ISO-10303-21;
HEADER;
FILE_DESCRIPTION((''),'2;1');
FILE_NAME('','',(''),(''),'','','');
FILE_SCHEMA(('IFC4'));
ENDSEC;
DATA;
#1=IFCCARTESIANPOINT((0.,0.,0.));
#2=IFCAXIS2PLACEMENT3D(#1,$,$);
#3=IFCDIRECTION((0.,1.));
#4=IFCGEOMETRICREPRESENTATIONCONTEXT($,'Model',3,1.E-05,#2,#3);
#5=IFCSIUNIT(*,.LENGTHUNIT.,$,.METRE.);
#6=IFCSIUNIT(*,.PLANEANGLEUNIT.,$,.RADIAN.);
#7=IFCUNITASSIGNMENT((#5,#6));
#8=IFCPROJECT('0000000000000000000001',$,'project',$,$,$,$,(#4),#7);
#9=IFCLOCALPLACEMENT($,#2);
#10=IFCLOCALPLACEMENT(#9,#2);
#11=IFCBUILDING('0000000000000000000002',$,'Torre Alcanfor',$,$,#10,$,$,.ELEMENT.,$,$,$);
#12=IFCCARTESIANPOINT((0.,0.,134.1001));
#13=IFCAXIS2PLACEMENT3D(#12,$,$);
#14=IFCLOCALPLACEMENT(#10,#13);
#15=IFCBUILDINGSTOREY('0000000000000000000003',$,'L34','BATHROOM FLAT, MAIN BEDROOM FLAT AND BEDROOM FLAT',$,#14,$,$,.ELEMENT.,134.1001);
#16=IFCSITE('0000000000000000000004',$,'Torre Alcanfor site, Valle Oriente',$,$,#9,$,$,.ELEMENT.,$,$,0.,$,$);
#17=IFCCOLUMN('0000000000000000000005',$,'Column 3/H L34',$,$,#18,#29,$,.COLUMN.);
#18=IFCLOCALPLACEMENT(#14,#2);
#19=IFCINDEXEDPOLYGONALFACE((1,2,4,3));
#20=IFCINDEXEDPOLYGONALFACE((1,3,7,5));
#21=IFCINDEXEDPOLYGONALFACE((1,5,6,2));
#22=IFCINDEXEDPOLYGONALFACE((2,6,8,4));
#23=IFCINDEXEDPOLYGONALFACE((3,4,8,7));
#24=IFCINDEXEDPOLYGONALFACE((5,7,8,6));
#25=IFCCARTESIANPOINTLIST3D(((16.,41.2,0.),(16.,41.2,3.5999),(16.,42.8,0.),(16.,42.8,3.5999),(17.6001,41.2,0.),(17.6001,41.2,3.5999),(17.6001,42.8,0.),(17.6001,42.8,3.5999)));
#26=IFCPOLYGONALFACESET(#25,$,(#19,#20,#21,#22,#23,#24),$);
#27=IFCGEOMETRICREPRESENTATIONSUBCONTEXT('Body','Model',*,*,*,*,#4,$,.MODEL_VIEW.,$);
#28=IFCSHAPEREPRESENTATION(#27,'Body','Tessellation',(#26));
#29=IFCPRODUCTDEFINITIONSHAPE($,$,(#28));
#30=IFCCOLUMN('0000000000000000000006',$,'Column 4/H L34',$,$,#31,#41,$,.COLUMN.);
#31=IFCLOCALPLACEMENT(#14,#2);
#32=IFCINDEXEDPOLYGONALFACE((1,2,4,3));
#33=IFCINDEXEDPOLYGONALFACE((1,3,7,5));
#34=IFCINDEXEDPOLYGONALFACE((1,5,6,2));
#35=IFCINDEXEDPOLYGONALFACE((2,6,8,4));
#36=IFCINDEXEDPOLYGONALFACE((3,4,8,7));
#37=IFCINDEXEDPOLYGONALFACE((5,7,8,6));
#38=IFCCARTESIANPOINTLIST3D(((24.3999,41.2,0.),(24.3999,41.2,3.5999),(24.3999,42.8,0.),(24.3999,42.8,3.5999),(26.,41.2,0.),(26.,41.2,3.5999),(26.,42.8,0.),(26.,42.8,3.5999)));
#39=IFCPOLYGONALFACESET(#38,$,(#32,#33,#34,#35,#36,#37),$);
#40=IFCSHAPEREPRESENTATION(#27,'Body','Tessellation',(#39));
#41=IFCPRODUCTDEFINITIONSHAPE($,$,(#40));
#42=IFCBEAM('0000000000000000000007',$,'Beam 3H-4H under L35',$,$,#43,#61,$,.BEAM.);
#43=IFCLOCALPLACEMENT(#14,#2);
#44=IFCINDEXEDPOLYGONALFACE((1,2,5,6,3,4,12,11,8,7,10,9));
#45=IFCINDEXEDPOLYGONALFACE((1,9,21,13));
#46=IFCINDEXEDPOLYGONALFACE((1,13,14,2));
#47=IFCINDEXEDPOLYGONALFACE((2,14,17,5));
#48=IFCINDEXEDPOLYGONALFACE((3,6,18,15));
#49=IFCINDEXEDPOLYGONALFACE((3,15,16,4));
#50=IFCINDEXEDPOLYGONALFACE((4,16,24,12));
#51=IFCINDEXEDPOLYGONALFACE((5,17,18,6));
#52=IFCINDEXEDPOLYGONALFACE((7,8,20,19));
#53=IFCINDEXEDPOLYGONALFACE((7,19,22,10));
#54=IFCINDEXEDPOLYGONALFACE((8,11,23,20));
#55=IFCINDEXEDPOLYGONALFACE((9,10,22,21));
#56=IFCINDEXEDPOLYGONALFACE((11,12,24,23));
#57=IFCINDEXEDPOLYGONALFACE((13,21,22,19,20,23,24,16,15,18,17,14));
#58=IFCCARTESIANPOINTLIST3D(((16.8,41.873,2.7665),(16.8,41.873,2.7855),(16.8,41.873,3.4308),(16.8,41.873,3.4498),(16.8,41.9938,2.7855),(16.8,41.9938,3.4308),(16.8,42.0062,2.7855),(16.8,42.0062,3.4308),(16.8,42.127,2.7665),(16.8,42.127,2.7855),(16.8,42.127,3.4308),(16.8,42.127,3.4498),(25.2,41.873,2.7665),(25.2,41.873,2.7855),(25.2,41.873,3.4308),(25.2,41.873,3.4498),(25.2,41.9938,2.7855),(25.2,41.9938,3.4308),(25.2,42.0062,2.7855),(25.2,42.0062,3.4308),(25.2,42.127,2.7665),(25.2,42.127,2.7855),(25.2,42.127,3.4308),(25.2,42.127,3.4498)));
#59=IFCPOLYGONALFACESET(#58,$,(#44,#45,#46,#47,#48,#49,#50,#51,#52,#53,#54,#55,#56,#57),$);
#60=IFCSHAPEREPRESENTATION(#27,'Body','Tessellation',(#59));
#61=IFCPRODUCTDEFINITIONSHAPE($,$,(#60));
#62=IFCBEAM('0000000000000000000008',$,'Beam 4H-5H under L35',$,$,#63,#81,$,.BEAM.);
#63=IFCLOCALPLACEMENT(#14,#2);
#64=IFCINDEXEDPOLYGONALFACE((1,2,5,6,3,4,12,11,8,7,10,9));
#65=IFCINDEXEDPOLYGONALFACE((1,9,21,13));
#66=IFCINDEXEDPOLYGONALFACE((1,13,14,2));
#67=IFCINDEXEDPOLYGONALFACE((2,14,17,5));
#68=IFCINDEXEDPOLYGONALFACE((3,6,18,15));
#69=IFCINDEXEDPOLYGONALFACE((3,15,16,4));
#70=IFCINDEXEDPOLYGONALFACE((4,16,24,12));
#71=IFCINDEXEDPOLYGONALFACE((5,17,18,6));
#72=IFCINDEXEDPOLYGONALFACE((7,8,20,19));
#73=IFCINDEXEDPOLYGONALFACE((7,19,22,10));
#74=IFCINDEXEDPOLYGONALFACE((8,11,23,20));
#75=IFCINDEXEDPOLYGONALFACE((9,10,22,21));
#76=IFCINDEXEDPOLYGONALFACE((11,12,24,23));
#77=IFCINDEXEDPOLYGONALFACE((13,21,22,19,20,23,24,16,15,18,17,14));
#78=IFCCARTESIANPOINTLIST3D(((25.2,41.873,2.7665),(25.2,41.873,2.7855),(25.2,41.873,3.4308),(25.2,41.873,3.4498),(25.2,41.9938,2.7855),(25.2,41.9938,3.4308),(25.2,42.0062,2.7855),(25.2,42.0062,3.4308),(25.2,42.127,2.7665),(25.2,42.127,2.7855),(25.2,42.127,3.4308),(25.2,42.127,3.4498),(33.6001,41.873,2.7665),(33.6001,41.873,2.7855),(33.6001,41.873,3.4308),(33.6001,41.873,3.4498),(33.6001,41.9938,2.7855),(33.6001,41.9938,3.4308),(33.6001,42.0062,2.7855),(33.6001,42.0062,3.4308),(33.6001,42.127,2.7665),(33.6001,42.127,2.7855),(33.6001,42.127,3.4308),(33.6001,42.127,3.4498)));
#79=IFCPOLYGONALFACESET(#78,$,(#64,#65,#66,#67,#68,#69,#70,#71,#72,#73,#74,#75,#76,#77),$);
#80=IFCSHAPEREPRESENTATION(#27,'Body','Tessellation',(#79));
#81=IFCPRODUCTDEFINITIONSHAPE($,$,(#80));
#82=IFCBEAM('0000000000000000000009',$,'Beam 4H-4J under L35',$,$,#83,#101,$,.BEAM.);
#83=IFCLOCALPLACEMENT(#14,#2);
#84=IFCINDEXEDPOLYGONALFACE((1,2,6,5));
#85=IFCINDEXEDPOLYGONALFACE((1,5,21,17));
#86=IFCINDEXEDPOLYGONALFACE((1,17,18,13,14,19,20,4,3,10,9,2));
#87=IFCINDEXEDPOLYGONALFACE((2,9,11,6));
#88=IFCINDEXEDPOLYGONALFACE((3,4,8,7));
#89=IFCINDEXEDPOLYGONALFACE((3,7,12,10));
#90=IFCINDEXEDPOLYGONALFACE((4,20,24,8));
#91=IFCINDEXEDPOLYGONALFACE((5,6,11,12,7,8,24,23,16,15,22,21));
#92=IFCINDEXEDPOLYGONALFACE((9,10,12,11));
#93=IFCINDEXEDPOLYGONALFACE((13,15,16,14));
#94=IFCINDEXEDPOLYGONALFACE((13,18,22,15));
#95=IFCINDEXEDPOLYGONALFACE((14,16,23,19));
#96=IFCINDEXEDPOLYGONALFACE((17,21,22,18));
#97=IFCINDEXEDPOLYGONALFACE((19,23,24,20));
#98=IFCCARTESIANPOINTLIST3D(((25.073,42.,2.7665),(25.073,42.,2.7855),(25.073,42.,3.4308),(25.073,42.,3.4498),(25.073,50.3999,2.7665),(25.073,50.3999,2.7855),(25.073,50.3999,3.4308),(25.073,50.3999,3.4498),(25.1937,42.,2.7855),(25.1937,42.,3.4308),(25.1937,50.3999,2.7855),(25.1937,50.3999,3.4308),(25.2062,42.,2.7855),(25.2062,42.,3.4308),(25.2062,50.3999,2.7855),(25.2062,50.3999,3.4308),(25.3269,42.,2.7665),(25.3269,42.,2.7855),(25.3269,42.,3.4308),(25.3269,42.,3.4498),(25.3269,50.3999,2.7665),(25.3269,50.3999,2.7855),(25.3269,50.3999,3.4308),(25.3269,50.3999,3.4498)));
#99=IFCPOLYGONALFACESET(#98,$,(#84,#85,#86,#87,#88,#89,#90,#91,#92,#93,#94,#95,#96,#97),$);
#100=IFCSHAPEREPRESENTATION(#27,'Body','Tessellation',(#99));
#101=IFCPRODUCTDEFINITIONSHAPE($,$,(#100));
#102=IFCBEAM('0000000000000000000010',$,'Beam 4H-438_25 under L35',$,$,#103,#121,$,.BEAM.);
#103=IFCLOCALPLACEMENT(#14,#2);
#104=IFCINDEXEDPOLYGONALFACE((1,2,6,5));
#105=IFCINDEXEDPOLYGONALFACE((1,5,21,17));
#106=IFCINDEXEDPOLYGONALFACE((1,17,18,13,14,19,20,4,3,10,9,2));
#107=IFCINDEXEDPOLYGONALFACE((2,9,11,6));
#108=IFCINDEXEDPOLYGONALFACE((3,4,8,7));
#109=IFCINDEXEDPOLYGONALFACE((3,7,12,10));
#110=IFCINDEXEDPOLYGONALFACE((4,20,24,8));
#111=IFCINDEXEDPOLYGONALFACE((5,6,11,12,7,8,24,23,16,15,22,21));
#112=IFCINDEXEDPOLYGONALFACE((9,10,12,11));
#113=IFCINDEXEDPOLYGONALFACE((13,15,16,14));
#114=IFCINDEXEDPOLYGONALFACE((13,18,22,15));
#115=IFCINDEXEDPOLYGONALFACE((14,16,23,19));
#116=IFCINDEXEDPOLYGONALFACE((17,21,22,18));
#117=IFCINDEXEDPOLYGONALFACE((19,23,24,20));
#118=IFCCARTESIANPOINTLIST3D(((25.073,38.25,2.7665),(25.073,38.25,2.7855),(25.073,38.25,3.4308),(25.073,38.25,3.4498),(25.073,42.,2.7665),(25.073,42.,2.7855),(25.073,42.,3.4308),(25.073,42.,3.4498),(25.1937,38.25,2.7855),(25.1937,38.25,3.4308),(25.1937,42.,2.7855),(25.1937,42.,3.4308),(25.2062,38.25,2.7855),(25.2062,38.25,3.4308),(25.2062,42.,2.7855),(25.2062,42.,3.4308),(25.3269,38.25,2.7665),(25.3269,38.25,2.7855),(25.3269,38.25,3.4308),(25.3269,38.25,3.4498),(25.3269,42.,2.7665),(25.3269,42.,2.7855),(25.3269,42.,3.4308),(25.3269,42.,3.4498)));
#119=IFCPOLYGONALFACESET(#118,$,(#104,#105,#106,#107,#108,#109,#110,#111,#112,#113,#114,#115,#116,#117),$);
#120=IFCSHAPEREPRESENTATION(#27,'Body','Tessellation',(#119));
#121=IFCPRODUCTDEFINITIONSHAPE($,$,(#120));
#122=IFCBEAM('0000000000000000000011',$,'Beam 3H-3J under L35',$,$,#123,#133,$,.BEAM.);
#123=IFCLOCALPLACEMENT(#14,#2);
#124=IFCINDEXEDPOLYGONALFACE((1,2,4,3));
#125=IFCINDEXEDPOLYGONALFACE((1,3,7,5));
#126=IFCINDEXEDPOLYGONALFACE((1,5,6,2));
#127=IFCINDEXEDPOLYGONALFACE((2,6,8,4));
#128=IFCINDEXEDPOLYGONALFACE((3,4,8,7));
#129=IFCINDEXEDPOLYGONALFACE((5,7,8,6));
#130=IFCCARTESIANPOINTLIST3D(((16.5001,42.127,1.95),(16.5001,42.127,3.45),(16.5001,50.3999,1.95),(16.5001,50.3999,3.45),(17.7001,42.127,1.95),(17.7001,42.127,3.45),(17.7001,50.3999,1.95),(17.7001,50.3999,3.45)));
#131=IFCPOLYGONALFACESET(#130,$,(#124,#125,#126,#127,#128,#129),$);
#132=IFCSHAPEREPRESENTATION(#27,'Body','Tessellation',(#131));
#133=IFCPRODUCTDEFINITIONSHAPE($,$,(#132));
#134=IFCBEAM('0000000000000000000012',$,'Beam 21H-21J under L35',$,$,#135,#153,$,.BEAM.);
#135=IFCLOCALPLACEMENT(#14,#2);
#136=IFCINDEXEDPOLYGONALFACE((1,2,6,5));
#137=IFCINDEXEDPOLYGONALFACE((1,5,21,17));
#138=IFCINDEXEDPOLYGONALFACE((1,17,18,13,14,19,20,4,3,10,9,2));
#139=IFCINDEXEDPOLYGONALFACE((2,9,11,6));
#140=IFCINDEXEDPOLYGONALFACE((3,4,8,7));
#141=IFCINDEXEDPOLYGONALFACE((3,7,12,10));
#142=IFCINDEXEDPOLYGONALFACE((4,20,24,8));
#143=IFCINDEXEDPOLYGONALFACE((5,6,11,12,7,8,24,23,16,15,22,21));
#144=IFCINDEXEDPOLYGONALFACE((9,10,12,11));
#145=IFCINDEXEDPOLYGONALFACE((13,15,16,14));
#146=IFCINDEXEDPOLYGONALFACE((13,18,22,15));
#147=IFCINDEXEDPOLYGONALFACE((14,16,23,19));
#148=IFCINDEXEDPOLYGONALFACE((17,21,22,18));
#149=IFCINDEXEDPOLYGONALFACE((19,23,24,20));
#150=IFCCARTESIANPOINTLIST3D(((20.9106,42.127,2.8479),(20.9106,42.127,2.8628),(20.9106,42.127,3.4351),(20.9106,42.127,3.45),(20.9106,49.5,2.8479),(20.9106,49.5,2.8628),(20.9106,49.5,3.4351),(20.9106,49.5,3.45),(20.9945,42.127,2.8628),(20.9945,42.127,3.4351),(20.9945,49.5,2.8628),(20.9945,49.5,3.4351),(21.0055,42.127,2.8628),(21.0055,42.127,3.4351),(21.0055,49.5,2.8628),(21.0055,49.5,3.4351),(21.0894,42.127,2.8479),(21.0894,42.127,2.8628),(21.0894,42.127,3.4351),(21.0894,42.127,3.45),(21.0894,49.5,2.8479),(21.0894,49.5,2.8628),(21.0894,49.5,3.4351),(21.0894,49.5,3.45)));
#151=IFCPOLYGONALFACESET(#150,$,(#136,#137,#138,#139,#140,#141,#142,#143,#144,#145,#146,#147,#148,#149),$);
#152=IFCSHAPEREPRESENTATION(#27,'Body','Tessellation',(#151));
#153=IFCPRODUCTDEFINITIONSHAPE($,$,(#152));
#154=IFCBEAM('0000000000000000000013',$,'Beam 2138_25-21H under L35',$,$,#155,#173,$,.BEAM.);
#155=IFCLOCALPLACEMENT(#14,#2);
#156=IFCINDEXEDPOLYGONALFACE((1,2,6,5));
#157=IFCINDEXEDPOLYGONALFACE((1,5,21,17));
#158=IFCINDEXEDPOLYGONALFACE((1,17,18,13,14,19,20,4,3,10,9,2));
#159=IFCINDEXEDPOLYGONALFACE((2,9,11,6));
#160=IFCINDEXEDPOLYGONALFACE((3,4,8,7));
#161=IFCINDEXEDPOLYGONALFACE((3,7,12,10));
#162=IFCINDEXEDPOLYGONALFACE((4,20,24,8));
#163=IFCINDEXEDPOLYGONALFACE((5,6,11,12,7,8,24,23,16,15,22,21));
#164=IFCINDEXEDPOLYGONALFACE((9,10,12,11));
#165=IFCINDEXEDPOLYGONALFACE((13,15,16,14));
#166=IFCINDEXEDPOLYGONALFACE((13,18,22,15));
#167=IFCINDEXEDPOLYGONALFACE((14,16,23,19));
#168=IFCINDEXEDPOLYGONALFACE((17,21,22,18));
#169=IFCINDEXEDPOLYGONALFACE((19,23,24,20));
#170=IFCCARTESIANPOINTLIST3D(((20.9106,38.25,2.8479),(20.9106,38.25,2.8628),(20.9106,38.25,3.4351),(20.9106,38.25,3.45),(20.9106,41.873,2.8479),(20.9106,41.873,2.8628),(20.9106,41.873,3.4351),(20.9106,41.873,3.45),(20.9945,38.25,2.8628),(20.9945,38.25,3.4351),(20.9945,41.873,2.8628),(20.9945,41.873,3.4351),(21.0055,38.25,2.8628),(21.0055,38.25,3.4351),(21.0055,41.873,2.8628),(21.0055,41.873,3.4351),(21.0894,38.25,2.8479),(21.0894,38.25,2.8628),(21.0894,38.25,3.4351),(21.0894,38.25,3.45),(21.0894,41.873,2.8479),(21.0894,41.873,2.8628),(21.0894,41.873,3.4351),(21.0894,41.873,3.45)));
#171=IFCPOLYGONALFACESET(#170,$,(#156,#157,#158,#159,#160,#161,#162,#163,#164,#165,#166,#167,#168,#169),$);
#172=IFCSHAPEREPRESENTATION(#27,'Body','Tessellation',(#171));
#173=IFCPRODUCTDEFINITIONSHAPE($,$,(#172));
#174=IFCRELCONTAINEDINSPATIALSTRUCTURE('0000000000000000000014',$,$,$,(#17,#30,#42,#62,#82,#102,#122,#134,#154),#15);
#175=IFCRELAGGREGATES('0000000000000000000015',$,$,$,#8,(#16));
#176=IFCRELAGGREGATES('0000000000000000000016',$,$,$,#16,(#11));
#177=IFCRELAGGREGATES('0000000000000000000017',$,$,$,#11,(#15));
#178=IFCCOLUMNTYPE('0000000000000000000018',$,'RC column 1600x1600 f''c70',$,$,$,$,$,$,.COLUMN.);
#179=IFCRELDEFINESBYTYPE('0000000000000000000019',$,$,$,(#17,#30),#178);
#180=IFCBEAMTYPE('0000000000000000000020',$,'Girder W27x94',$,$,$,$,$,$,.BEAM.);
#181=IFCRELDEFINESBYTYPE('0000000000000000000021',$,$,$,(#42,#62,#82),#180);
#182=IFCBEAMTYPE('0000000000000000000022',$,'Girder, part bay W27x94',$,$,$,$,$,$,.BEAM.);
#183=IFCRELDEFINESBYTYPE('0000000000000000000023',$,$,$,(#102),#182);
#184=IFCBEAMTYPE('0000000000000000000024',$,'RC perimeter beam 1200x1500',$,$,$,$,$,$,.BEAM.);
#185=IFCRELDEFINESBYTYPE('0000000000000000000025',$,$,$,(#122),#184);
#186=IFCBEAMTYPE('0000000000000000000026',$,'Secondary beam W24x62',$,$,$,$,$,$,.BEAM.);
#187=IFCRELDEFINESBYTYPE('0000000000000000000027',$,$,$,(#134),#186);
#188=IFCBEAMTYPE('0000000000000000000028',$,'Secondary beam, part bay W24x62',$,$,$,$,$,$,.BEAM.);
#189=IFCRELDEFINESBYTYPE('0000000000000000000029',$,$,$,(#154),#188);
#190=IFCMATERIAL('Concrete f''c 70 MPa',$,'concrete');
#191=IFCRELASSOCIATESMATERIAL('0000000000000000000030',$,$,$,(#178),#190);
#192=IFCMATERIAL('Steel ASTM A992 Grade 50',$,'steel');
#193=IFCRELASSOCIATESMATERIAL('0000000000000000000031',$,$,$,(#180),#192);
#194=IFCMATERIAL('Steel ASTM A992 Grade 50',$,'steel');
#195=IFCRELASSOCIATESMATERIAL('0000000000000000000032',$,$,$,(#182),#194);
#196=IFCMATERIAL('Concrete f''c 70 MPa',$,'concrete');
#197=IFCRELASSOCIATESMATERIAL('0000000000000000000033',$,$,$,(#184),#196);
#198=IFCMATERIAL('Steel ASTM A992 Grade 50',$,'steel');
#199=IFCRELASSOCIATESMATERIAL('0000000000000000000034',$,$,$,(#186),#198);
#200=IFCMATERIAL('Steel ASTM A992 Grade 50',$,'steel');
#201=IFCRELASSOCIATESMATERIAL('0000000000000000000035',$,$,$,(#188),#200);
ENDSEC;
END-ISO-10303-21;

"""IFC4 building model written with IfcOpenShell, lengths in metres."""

from ifc_helpers import new_model, si_unit, direction, frame, origin, origin_2d, place, context, subcontext, project, spatial, rectangle, i_section, extrude, material, material_profile, profile_set, type_object, element, save


model = new_model("IFC4")

# Units and contexts
model_context = context("Model", 3, precision=1e-05, world=origin(), true_north=direction((0.0, 1.0)))
body_context = subcontext(model_context, "Body", "Model", "MODEL_VIEW")
ifc_project = project(units=[si_unit("LENGTHUNIT", "METRE"), si_unit("PLANEANGLEUNIT", "RADIAN")], contexts=[model_context])

# Site, building, storey
site_placement = place(None, origin())
site = spatial("IfcSite", under=ifc_project, at=site_placement, Name="Torre Alcanfor site, Valle Oriente", CompositionType="ELEMENT", RefElevation=0.0)
building_placement = place(site_placement, origin())
building = spatial("IfcBuilding", under=site, at=building_placement, Name="Torre Alcanfor", CompositionType="ELEMENT")
storey_placement = place(building_placement, frame((0.0, 0.0, 134.1001)))
storey = spatial("IfcBuildingStorey", under=building, at=storey_placement, Name="L34", Description="BATHROOM FLAT, MAIN BEDROOM FLAT AND BEDROOM FLAT", CompositionType="ELEMENT", Elevation=134.1001)

# Columns
ifc_material_1 = material(Name="Concrete f'c 70 MPa", Category="concrete")
ifc_material_profile_1 = material_profile(ifc_material_1, rectangle(XDim=1.6001, YDim=1.6001, at=origin_2d()), Name="1600x1600")
ifc_profile_set_1 = profile_set([ifc_material_profile_1], Name="Concrete f'c 70 MPa")
column_type = type_object("IfcColumnType", Name="RC column 1600x1600 f'c70", PredefinedType="COLUMN", material=ifc_profile_set_1)
for number, where, z_axis, x_axis, name in (
    (1, (16.8, 42.0, 0.0), (0.0, 0.0, 1.0), (1.0, 0.0, 0.0), "Column 3/H L34"),
    (2, (25.2, 42.0, 0.0), (0.0, 0.0, 1.0), (1.0, 0.0, 0.0), "Column 4/H L34"),
):
    element("IfcColumn", number, at=place(storey_placement, frame(where, z_axis=z_axis, x_axis=x_axis)), inside=storey, type_object=column_type, Name=name, PredefinedType="COLUMN", context=body_context, shape_type="SweptSolid", body=[
        extrude(rectangle(XDim=1.6001, YDim=1.6001, at=origin_2d()), origin(), (0.0, 0.0, 1.0), 3.5999),
    ])

# Beams
ifc_material_2 = material(Name="Steel ASTM A992 Grade 50", Category="steel")
ifc_material_profile_2 = material_profile(ifc_material_2, i_section(OverallWidth=0.2539, OverallDepth=0.6833, WebThickness=0.0125, FlangeThickness=0.019, at=origin_2d()), Name="W27x94")
ifc_profile_set_2 = profile_set([ifc_material_profile_2], Name="Steel ASTM A992 Grade 50")
beam_type_1 = type_object("IfcBeamType", Name="Girder W27x94", PredefinedType="BEAM", material=ifc_profile_set_2)
beam_1_placement = place(storey_placement, frame((16.8, 42.0, 3.1082), z_axis=(1.0, 0.0, 0.0), x_axis=(0.0, 1.0, 0.0)))
element("IfcBeam", 3, at=beam_1_placement, inside=storey, type_object=beam_type_1, Name="Beam 3H-4H under L35", PredefinedType="BEAM", context=body_context, shape_type="SweptSolid", body=[
    extrude(i_section(OverallWidth=0.2539, OverallDepth=0.6833, WebThickness=0.0125, FlangeThickness=0.019, at=origin_2d()), origin(), (0.0, 0.0, 1.0), 8.3999),
])
beam_2_placement = place(storey_placement, frame((25.2, 42.0, 3.1082), z_axis=(1.0, 0.0, 0.0), x_axis=(0.0, 1.0, 0.0)))
element("IfcBeam", 4, at=beam_2_placement, inside=storey, type_object=beam_type_1, Name="Beam 4H-5H under L35", PredefinedType="BEAM", context=body_context, shape_type="SweptSolid", body=[
    extrude(i_section(OverallWidth=0.2539, OverallDepth=0.6833, WebThickness=0.0125, FlangeThickness=0.019, at=origin_2d()), origin(), (0.0, 0.0, 1.0), 8.4001),
])
beam_3_placement = place(storey_placement, frame((25.2, 42.0, 3.1082), z_axis=(0.0, 1.0, 0.0), x_axis=(-1.0, 0.0, 0.0)))
element("IfcBeam", 5, at=beam_3_placement, inside=storey, type_object=beam_type_1, Name="Beam 4H-4J under L35", PredefinedType="BEAM", context=body_context, shape_type="SweptSolid", body=[
    extrude(i_section(OverallWidth=0.2539, OverallDepth=0.6833, WebThickness=0.0125, FlangeThickness=0.019, at=origin_2d()), origin(), (0.0, 0.0, 1.0), 8.3999),
])
ifc_material_3 = material(Name="Steel ASTM A992 Grade 50", Category="steel")
ifc_material_profile_3 = material_profile(ifc_material_3, i_section(OverallWidth=0.2539, OverallDepth=0.6833, WebThickness=0.0125, FlangeThickness=0.019, at=origin_2d()), Name="W27x94")
ifc_profile_set_3 = profile_set([ifc_material_profile_3], Name="Steel ASTM A992 Grade 50")
beam_type_2 = type_object("IfcBeamType", Name="Girder, part bay W27x94", PredefinedType="BEAM", material=ifc_profile_set_3)
beam_4_placement = place(storey_placement, frame((25.2, 42.0, 3.1082), z_axis=(0.0, -1.0, 0.0), x_axis=(1.0, 0.0, 0.0)))
element("IfcBeam", 6, at=beam_4_placement, inside=storey, type_object=beam_type_2, Name="Beam 4H-438_25 under L35", PredefinedType="BEAM", context=body_context, shape_type="SweptSolid", body=[
    extrude(i_section(OverallWidth=0.2539, OverallDepth=0.6833, WebThickness=0.0125, FlangeThickness=0.019, at=origin_2d()), origin(), (0.0, 0.0, 1.0), 3.75),
])
ifc_material_4 = material(Name="Concrete f'c 70 MPa", Category="concrete")
ifc_material_profile_4 = material_profile(ifc_material_4, rectangle(XDim=1.2, YDim=1.5, at=origin_2d()), Name="1200x1500")
ifc_profile_set_4 = profile_set([ifc_material_profile_4], Name="Concrete f'c 70 MPa")
beam_type_3 = type_object("IfcBeamType", Name="RC perimeter beam 1200x1500", PredefinedType="BEAM", material=ifc_profile_set_4)
beam_5_placement = place(storey_placement, frame((17.1001, 42.127, 2.7), z_axis=(0.0, 1.0, 0.0), x_axis=(-1.0, 0.0, 0.0)))
element("IfcBeam", 7, at=beam_5_placement, inside=storey, type_object=beam_type_3, Name="Beam 3H-3J under L35", PredefinedType="BEAM", context=body_context, shape_type="SweptSolid", body=[
    extrude(rectangle(XDim=1.2, YDim=1.5, at=origin_2d()), origin(), (0.0, 0.0, 1.0), 8.2729),
])
ifc_material_5 = material(Name="Steel ASTM A992 Grade 50", Category="steel")
ifc_material_profile_5 = material_profile(ifc_material_5, i_section(OverallWidth=0.1787, OverallDepth=0.6021, WebThickness=0.011, FlangeThickness=0.0149, at=origin_2d()), Name="W24x62")
ifc_profile_set_5 = profile_set([ifc_material_profile_5], Name="Steel ASTM A992 Grade 50")
beam_type_4 = type_object("IfcBeamType", Name="Secondary beam W24x62", PredefinedType="BEAM", material=ifc_profile_set_5)
beam_6_placement = place(storey_placement, frame((21.0, 42.127, 3.1489), z_axis=(0.0, 1.0, 0.0), x_axis=(-1.0, 0.0, 0.0)))
element("IfcBeam", 8, at=beam_6_placement, inside=storey, type_object=beam_type_4, Name="Beam 21H-21J under L35", PredefinedType="BEAM", context=body_context, shape_type="SweptSolid", body=[
    extrude(i_section(OverallWidth=0.1787, OverallDepth=0.6021, WebThickness=0.011, FlangeThickness=0.0149, at=origin_2d()), origin(), (0.0, 0.0, 1.0), 7.373),
])
ifc_material_6 = material(Name="Steel ASTM A992 Grade 50", Category="steel")
ifc_material_profile_6 = material_profile(ifc_material_6, i_section(OverallWidth=0.1787, OverallDepth=0.6021, WebThickness=0.011, FlangeThickness=0.0149, at=origin_2d()), Name="W24x62")
ifc_profile_set_6 = profile_set([ifc_material_profile_6], Name="Steel ASTM A992 Grade 50")
beam_type_5 = type_object("IfcBeamType", Name="Secondary beam, part bay W24x62", PredefinedType="BEAM", material=ifc_profile_set_6)
beam_7_placement = place(storey_placement, frame((21.0, 38.25, 3.1489), z_axis=(0.0, 1.0, 0.0), x_axis=(-1.0, 0.0, 0.0)))
element("IfcBeam", 9, at=beam_7_placement, inside=storey, type_object=beam_type_5, Name="Beam 2138_25-21H under L35", PredefinedType="BEAM", context=body_context, shape_type="SweptSolid", body=[
    extrude(i_section(OverallWidth=0.1787, OverallDepth=0.6021, WebThickness=0.011, FlangeThickness=0.0149, at=origin_2d()), origin(), (0.0, 0.0, 1.0), 3.623),
])

save(model, "model.ifc")
